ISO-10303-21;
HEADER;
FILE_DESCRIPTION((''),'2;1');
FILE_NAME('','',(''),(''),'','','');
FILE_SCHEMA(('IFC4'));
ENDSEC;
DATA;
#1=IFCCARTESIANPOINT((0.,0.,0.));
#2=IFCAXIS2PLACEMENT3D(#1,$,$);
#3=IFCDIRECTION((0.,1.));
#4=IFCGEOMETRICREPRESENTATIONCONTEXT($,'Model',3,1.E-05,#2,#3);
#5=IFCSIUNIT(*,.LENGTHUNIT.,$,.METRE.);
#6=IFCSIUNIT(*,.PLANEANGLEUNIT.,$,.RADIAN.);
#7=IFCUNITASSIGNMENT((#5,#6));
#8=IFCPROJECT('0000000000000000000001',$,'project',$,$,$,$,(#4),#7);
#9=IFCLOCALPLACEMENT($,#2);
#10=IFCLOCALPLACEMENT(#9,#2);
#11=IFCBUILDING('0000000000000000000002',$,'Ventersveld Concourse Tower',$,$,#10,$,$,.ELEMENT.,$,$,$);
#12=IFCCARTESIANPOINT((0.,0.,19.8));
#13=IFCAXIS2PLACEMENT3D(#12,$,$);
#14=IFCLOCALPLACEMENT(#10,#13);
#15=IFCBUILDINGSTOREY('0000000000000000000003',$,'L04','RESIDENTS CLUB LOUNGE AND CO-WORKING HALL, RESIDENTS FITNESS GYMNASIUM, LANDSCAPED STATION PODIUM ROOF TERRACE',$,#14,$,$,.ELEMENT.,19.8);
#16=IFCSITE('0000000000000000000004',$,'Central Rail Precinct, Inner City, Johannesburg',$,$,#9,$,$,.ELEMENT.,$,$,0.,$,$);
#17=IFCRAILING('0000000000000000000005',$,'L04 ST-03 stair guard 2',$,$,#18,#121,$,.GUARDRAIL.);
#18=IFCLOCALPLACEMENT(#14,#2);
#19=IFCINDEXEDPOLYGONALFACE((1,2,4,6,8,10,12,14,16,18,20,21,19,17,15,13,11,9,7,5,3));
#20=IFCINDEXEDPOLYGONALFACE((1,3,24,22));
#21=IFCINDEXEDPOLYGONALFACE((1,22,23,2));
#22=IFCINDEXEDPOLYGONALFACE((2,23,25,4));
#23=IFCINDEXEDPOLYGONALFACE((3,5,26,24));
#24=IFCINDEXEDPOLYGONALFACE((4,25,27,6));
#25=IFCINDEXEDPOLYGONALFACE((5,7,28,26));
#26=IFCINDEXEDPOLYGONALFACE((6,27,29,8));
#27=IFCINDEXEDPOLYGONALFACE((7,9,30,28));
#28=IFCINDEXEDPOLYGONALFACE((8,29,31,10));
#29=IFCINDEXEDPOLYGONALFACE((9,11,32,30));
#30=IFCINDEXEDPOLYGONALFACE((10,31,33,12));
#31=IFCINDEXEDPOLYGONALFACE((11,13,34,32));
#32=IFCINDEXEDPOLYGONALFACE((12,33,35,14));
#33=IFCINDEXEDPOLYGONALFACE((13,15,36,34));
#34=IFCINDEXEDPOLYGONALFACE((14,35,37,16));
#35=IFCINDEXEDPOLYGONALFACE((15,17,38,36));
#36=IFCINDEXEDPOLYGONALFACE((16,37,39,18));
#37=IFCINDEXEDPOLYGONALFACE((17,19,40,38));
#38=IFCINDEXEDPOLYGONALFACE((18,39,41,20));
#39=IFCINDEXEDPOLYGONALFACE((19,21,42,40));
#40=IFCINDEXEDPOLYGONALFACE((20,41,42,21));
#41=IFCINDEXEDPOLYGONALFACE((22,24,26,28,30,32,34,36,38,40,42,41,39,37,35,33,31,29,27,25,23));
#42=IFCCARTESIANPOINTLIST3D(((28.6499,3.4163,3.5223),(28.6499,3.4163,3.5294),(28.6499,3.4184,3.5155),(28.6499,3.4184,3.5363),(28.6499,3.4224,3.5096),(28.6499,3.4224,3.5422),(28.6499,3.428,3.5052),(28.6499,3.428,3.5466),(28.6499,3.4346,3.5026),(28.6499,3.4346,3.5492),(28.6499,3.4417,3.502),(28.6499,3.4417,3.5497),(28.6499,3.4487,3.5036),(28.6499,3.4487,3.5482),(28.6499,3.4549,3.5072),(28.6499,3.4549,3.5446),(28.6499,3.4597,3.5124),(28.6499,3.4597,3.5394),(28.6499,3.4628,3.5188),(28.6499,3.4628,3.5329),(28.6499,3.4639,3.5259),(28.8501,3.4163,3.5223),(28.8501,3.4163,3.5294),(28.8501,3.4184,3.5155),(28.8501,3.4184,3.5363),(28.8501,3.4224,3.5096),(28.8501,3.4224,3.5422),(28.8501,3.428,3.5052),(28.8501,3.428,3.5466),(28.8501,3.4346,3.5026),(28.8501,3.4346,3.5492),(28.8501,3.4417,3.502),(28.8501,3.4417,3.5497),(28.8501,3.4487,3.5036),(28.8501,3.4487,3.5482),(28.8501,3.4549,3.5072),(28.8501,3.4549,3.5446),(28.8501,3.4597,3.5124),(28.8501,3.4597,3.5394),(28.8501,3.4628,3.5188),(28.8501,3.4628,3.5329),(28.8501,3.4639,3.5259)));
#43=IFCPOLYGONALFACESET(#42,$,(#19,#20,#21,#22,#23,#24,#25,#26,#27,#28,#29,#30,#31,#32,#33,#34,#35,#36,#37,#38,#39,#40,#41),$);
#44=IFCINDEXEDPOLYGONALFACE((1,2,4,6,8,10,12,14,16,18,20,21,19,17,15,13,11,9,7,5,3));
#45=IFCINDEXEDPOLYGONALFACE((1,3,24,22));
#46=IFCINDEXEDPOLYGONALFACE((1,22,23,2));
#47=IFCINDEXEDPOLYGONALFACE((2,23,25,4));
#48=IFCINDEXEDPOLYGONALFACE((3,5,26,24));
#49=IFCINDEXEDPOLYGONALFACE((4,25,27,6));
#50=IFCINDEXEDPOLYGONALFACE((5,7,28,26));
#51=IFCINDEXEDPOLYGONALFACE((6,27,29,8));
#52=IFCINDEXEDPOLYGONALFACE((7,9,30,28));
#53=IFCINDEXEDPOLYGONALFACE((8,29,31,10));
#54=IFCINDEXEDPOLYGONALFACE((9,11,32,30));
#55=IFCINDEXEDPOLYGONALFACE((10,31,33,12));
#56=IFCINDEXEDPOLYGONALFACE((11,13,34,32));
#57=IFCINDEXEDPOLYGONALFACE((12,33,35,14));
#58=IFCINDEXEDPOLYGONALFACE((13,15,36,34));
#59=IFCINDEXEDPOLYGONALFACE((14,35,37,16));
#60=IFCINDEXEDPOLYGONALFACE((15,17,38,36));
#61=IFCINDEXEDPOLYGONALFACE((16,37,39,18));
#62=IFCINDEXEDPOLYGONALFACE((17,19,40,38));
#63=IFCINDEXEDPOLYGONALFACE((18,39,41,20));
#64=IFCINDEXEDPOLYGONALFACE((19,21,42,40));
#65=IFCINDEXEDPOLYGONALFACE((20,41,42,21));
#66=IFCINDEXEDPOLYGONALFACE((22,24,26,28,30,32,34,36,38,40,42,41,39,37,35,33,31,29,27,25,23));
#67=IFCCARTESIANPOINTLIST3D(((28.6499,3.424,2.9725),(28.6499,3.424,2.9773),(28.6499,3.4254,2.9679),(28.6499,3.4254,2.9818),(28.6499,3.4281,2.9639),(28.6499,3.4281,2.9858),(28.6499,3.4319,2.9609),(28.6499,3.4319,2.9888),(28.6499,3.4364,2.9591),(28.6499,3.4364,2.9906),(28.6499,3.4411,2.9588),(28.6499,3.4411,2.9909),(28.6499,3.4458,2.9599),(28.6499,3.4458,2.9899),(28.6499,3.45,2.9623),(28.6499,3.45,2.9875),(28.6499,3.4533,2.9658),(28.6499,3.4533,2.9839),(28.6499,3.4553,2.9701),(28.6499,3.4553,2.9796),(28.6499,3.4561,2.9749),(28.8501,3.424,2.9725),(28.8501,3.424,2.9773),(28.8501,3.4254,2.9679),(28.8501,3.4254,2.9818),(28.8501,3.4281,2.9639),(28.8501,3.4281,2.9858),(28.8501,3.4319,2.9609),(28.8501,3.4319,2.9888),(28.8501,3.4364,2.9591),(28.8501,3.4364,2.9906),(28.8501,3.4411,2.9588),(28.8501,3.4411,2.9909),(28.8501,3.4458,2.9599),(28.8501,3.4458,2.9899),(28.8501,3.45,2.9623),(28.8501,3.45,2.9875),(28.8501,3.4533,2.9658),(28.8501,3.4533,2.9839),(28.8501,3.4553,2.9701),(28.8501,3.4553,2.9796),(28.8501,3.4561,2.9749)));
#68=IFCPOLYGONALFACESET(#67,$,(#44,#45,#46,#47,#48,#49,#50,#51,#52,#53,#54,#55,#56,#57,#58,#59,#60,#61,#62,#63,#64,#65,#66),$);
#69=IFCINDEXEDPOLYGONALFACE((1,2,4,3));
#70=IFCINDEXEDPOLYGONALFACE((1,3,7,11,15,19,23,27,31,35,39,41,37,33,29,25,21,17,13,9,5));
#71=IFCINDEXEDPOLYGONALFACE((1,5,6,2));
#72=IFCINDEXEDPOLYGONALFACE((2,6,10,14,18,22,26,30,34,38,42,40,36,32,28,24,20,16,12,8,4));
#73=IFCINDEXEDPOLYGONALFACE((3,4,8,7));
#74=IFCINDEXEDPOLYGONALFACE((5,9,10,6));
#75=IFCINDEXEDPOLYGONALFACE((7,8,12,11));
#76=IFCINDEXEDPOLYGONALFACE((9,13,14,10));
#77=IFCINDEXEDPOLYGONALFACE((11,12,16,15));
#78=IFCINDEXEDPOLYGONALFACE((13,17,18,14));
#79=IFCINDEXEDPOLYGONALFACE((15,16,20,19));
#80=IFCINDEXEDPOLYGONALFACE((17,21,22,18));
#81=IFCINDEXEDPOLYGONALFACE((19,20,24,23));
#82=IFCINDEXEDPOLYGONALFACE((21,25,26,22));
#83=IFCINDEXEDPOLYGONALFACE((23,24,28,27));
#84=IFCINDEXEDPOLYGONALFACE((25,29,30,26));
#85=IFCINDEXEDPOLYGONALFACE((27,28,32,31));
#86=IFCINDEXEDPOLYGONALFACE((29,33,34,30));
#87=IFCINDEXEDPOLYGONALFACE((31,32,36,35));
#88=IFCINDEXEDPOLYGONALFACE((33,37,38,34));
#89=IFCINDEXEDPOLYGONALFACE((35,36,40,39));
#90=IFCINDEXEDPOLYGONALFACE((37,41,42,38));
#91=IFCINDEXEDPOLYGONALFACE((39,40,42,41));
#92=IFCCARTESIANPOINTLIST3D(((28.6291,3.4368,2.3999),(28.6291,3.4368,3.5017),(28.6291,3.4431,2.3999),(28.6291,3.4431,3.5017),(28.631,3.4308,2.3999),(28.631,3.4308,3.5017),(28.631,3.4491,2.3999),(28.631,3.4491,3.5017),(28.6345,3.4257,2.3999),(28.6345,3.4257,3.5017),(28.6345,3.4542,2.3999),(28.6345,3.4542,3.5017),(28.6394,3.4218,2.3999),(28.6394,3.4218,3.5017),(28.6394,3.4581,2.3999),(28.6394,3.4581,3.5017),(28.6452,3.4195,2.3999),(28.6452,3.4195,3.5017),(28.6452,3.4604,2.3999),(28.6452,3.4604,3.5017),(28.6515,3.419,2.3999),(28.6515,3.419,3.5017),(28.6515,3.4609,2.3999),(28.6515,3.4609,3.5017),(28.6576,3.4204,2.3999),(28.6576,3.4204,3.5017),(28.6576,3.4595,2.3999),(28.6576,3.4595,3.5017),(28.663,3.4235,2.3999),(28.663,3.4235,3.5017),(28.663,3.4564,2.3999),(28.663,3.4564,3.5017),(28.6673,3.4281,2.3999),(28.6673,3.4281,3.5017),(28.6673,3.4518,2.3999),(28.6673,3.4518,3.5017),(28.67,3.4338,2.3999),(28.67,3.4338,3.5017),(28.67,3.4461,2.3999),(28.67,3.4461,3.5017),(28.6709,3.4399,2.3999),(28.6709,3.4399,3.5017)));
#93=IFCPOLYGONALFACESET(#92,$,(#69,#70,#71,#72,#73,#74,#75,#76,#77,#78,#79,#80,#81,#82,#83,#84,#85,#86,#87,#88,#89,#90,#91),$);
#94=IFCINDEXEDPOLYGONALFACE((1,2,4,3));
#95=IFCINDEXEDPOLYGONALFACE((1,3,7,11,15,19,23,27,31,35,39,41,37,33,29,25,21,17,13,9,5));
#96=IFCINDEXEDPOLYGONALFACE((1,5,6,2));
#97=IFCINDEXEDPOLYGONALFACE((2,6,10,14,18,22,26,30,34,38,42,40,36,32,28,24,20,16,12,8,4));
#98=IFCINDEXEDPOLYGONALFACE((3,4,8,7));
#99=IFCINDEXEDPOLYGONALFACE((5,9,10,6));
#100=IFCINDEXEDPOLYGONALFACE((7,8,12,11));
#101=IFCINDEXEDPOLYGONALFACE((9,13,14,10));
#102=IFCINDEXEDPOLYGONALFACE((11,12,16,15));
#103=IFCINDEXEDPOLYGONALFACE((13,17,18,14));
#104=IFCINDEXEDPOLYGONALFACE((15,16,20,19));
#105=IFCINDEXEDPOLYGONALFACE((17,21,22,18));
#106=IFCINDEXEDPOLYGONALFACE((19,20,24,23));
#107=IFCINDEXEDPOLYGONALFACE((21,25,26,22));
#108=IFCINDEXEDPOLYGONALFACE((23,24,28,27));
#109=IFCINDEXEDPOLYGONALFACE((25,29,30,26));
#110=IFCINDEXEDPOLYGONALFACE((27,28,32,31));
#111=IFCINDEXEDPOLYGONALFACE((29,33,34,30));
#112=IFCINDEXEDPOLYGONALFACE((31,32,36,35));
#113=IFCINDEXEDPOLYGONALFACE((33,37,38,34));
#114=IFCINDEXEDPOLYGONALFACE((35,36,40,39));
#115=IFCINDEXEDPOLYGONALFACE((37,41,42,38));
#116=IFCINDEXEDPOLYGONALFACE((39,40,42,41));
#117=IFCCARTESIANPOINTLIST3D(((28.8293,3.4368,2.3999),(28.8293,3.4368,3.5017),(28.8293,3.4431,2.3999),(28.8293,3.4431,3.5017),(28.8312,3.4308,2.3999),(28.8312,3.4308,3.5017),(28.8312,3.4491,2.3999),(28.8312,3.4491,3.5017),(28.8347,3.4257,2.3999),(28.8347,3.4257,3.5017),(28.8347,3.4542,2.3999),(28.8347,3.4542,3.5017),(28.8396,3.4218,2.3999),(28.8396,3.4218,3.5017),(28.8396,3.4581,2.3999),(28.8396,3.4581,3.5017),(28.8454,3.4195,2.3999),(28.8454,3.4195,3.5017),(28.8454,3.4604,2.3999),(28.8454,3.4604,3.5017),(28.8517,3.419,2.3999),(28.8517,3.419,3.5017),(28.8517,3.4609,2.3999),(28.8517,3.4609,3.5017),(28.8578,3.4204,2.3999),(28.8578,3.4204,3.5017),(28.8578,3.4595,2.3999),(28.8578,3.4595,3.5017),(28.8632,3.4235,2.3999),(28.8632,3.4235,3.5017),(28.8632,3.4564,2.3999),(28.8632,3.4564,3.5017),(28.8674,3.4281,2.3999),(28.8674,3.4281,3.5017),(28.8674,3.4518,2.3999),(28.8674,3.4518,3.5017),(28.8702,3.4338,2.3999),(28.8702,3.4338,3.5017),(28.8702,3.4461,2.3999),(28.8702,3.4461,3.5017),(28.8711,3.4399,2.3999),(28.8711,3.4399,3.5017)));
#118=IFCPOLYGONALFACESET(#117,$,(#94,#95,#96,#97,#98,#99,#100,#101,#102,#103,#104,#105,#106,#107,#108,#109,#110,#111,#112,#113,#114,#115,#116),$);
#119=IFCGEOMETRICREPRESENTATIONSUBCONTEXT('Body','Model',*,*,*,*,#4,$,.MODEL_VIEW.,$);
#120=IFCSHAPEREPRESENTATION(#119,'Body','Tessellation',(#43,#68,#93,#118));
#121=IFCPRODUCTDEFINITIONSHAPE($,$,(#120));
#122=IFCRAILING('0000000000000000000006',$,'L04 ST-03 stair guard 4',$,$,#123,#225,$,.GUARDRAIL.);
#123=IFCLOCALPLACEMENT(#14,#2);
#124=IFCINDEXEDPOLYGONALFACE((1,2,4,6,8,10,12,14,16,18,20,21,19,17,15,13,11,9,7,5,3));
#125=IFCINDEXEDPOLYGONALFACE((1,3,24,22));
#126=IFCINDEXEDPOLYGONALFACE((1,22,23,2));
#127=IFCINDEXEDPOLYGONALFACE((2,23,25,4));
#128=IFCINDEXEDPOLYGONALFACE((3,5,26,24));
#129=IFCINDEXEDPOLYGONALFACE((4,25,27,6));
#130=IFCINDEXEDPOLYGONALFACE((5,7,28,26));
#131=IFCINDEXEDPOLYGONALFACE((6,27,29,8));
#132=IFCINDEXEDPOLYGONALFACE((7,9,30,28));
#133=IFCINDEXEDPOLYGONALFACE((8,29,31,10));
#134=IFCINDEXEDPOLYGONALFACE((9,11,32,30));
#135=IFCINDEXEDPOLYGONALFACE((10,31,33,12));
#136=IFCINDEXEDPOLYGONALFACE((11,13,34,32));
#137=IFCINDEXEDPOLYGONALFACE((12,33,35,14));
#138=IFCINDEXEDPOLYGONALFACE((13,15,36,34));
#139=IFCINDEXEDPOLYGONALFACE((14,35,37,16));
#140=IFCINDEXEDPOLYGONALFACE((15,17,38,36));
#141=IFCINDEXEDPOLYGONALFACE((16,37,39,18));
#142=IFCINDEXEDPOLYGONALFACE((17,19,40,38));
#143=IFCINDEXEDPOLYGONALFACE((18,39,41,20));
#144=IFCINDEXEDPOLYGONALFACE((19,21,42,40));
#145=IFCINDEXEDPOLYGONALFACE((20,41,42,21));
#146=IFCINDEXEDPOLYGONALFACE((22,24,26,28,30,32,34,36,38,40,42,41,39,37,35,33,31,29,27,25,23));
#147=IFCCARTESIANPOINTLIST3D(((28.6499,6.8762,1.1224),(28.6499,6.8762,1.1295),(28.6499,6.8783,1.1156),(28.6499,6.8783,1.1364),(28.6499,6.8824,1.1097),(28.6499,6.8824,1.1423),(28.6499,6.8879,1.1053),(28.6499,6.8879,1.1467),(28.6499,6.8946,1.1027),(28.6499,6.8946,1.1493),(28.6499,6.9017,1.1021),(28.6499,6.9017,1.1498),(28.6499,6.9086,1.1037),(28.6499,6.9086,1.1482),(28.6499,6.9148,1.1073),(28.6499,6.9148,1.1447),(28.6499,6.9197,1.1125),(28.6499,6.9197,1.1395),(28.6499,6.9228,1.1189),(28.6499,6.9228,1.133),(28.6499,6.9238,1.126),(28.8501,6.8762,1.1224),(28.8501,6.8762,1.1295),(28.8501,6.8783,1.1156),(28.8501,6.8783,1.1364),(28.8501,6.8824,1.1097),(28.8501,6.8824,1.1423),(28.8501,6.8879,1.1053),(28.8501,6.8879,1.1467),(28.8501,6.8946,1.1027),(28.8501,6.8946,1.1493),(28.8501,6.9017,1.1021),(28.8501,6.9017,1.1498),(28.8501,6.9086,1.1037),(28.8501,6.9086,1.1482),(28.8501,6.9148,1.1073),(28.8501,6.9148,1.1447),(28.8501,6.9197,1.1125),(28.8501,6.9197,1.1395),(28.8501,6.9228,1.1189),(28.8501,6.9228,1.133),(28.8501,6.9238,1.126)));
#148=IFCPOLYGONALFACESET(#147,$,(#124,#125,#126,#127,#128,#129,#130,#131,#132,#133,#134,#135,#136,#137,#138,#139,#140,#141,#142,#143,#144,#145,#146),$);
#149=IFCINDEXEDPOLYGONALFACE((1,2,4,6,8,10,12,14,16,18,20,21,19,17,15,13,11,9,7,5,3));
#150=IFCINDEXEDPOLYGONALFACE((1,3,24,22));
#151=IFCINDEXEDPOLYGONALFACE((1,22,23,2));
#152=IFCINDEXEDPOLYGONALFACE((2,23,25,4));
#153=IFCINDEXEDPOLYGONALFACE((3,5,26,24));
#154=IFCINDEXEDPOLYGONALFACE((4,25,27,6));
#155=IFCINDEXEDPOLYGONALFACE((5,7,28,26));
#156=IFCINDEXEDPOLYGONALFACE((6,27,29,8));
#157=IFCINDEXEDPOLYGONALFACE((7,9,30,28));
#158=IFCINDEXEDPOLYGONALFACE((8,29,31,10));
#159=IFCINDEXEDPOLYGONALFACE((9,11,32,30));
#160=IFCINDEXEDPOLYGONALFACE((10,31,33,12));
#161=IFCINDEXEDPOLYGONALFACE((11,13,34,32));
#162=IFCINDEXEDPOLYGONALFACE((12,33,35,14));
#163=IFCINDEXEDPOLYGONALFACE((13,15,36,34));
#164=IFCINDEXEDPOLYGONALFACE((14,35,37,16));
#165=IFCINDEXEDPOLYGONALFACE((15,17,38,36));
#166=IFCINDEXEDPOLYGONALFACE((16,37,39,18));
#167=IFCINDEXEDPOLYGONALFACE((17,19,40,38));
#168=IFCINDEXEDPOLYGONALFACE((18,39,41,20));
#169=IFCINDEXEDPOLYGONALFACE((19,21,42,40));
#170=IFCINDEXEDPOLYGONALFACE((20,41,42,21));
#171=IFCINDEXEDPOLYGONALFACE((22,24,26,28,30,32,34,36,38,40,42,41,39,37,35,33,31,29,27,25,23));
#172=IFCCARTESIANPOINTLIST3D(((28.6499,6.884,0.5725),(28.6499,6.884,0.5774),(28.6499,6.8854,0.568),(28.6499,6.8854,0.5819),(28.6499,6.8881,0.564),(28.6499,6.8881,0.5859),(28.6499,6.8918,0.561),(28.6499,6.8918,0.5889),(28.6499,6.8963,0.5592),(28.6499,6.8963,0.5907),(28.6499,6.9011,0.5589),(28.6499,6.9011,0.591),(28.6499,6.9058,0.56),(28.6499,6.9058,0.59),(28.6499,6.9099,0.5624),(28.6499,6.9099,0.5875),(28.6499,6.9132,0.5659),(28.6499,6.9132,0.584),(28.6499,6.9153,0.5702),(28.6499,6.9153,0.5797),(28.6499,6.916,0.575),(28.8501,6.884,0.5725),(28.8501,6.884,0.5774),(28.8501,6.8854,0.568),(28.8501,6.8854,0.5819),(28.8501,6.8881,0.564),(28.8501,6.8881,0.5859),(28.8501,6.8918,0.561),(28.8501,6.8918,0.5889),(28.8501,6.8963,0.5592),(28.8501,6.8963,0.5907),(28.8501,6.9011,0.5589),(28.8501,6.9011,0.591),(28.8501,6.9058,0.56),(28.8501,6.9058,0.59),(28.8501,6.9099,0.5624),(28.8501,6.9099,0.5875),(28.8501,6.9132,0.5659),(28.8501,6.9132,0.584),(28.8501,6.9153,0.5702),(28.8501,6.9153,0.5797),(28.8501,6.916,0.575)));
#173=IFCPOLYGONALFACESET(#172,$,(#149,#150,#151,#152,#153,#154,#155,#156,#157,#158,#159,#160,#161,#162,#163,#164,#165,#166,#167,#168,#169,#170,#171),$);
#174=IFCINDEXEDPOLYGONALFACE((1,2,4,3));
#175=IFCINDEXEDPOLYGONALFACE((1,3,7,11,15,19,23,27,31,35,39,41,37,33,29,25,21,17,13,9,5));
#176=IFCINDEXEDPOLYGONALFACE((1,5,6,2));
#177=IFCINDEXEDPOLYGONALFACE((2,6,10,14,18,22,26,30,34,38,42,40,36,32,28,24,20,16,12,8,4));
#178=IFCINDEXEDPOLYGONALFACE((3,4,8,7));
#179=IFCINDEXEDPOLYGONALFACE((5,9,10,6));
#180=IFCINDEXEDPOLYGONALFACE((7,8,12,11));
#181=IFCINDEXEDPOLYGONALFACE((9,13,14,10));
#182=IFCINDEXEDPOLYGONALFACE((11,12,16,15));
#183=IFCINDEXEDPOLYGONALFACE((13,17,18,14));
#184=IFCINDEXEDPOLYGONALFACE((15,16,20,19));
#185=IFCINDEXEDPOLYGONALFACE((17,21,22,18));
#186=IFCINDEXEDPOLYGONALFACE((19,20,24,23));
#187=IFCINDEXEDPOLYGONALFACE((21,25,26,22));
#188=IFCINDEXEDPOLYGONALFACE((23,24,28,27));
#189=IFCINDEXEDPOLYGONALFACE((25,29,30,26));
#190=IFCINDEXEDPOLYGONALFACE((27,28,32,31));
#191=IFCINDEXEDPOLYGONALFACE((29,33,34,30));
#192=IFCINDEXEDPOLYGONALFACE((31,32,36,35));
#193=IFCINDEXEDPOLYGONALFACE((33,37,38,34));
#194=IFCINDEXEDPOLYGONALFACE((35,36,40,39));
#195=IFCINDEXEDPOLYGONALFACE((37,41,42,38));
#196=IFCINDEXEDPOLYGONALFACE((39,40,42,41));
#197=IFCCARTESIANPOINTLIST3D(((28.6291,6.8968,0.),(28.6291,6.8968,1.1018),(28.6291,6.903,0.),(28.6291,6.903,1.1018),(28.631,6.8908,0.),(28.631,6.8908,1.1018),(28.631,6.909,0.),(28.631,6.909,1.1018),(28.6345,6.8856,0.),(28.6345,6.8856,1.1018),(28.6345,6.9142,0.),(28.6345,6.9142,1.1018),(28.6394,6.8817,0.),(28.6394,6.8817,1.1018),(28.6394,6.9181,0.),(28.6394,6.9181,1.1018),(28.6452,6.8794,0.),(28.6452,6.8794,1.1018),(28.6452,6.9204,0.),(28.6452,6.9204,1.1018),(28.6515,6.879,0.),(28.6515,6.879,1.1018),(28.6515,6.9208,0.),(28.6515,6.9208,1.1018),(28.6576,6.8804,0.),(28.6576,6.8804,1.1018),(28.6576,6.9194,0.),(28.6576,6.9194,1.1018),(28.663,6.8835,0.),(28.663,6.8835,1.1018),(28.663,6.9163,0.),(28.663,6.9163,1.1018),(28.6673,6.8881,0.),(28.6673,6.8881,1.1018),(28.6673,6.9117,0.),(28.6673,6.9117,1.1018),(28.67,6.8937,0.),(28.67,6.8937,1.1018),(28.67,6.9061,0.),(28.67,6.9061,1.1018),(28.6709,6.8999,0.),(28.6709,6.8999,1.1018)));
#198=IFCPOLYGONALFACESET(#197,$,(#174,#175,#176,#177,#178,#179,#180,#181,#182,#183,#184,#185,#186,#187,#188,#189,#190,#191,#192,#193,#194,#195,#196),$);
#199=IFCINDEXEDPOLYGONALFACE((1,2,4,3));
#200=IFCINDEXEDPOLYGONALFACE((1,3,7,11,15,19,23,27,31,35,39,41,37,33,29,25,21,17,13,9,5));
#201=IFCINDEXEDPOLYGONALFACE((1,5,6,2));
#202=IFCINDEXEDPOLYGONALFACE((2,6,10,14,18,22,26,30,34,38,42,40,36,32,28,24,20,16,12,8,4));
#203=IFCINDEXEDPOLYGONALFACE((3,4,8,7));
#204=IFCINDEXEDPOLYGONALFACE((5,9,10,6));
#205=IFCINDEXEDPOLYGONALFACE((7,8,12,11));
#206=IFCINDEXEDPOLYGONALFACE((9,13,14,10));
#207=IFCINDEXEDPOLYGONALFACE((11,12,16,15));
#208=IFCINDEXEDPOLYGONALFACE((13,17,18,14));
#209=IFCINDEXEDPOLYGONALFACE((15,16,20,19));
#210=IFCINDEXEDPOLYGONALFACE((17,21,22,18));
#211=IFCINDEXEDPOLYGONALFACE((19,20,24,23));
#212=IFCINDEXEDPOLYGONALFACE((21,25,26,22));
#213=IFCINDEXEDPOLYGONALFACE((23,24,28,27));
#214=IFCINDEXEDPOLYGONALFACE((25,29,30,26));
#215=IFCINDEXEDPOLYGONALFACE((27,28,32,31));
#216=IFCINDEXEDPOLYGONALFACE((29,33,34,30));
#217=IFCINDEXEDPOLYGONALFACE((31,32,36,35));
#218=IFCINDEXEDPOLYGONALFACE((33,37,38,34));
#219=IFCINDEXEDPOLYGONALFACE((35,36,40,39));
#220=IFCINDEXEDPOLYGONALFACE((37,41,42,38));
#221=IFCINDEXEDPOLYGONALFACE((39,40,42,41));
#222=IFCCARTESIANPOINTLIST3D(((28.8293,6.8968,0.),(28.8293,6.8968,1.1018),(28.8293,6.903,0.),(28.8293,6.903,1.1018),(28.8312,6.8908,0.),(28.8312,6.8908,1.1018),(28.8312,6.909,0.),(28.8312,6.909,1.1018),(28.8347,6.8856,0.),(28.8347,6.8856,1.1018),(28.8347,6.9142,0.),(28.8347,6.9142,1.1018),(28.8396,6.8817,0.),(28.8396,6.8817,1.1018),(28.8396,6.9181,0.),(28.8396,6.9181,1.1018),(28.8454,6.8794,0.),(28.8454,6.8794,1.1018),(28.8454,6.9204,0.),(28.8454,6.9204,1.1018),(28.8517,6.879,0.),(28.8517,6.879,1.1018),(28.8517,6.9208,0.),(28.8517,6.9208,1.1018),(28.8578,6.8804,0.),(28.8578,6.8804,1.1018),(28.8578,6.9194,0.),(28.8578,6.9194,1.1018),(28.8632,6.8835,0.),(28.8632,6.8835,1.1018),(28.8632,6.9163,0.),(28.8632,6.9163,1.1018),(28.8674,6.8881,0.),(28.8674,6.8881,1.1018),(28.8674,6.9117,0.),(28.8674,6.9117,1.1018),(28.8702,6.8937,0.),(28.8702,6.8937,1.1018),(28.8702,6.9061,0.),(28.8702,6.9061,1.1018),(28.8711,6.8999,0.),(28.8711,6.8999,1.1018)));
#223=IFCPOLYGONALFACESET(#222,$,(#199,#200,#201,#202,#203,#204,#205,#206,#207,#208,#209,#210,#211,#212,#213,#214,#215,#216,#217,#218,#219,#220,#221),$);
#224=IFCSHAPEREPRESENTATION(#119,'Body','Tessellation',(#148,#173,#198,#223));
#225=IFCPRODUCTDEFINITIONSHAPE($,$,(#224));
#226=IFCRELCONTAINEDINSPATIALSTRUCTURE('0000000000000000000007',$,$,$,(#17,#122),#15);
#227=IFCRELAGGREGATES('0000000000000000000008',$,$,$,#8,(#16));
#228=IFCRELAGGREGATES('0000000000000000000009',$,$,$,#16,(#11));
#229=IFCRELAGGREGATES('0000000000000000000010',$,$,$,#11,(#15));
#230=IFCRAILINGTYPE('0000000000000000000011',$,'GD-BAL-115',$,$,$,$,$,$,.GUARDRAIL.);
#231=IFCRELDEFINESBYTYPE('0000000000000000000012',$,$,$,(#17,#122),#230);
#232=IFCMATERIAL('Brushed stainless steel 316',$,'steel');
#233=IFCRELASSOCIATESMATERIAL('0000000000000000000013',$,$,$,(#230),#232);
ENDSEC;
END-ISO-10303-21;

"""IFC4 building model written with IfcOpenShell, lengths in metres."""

from ifc_helpers import new_model, si_unit, direction, frame, origin, origin_2d, place, context, subcontext, project, spatial, circle, extrude, material, type_object, element, save


model = new_model("IFC4")

# Units and contexts
model_context = context("Model", 3, precision=1e-05, world=origin(), true_north=direction((0.0, 1.0)))
body_context = subcontext(model_context, "Body", "Model", "MODEL_VIEW")
ifc_project = project(units=[si_unit("LENGTHUNIT", "METRE"), si_unit("PLANEANGLEUNIT", "RADIAN")], contexts=[model_context])

# Site, building, storey
site_placement = place(None, origin())
site = spatial("IfcSite", under=ifc_project, at=site_placement, Name="Central Rail Precinct, Inner City, Johannesburg", CompositionType="ELEMENT", RefElevation=0.0)
building_placement = place(site_placement, origin())
building = spatial("IfcBuilding", under=site, at=building_placement, Name="Ventersveld Concourse Tower", CompositionType="ELEMENT")
storey_placement = place(building_placement, frame((0.0, 0.0, 19.8)))
storey = spatial("IfcBuildingStorey", under=building, at=storey_placement, Name="L04", Description="RESIDENTS CLUB LOUNGE AND CO-WORKING HALL, RESIDENTS FITNESS GYMNASIUM, LANDSCAPED STATION PODIUM ROOF TERRACE", CompositionType="ELEMENT", Elevation=19.8)

# Shared definitions
ifc_material_1 = material(Name="Brushed stainless steel 316", Category="steel")

# Railings
railing_type_1 = type_object("IfcRailingType", Name="GD-BAL-115", PredefinedType="GUARDRAIL", material=ifc_material_1)
for number, where, name in (
    (1, (28.6499, 3.4399, 2.3999), "L04 ST-03 stair guard 2"),
    (2, (28.6499, 6.8999, 0.0), "L04 ST-03 stair guard 4"),
):
    element("IfcRailing", number, at=place(storey_placement, frame(where)), inside=storey, type_object=railing_type_1, Name=name, PredefinedType="GUARDRAIL", context=body_context, shape_type="SweptSolid", body=[
        extrude(circle(Radius=0.0239, at=origin_2d()), frame((0.0, 0.0, 1.126), z_axis=(1.0, 0.0, 0.0), x_axis=(0.0, 1.0, 0.0)), (0.0, 0.0, 1.0), 0.2002),
        extrude(circle(Radius=0.0161, at=origin_2d()), frame((0.0, 0.0, 0.575), z_axis=(1.0, 0.0, 0.0), x_axis=(0.0, 1.0, 0.0)), (0.0, 0.0, 1.0), 0.2002),
        extrude(circle(Radius=0.021, at=origin_2d()), origin(), (0.0, 0.0, 1.0), 1.1018),
        extrude(circle(Radius=0.021, at=origin_2d()), frame((0.2002, 0.0, 0.0)), (0.0, 0.0, 1.0), 1.1018),
    ])

save(model, "model.ifc")
